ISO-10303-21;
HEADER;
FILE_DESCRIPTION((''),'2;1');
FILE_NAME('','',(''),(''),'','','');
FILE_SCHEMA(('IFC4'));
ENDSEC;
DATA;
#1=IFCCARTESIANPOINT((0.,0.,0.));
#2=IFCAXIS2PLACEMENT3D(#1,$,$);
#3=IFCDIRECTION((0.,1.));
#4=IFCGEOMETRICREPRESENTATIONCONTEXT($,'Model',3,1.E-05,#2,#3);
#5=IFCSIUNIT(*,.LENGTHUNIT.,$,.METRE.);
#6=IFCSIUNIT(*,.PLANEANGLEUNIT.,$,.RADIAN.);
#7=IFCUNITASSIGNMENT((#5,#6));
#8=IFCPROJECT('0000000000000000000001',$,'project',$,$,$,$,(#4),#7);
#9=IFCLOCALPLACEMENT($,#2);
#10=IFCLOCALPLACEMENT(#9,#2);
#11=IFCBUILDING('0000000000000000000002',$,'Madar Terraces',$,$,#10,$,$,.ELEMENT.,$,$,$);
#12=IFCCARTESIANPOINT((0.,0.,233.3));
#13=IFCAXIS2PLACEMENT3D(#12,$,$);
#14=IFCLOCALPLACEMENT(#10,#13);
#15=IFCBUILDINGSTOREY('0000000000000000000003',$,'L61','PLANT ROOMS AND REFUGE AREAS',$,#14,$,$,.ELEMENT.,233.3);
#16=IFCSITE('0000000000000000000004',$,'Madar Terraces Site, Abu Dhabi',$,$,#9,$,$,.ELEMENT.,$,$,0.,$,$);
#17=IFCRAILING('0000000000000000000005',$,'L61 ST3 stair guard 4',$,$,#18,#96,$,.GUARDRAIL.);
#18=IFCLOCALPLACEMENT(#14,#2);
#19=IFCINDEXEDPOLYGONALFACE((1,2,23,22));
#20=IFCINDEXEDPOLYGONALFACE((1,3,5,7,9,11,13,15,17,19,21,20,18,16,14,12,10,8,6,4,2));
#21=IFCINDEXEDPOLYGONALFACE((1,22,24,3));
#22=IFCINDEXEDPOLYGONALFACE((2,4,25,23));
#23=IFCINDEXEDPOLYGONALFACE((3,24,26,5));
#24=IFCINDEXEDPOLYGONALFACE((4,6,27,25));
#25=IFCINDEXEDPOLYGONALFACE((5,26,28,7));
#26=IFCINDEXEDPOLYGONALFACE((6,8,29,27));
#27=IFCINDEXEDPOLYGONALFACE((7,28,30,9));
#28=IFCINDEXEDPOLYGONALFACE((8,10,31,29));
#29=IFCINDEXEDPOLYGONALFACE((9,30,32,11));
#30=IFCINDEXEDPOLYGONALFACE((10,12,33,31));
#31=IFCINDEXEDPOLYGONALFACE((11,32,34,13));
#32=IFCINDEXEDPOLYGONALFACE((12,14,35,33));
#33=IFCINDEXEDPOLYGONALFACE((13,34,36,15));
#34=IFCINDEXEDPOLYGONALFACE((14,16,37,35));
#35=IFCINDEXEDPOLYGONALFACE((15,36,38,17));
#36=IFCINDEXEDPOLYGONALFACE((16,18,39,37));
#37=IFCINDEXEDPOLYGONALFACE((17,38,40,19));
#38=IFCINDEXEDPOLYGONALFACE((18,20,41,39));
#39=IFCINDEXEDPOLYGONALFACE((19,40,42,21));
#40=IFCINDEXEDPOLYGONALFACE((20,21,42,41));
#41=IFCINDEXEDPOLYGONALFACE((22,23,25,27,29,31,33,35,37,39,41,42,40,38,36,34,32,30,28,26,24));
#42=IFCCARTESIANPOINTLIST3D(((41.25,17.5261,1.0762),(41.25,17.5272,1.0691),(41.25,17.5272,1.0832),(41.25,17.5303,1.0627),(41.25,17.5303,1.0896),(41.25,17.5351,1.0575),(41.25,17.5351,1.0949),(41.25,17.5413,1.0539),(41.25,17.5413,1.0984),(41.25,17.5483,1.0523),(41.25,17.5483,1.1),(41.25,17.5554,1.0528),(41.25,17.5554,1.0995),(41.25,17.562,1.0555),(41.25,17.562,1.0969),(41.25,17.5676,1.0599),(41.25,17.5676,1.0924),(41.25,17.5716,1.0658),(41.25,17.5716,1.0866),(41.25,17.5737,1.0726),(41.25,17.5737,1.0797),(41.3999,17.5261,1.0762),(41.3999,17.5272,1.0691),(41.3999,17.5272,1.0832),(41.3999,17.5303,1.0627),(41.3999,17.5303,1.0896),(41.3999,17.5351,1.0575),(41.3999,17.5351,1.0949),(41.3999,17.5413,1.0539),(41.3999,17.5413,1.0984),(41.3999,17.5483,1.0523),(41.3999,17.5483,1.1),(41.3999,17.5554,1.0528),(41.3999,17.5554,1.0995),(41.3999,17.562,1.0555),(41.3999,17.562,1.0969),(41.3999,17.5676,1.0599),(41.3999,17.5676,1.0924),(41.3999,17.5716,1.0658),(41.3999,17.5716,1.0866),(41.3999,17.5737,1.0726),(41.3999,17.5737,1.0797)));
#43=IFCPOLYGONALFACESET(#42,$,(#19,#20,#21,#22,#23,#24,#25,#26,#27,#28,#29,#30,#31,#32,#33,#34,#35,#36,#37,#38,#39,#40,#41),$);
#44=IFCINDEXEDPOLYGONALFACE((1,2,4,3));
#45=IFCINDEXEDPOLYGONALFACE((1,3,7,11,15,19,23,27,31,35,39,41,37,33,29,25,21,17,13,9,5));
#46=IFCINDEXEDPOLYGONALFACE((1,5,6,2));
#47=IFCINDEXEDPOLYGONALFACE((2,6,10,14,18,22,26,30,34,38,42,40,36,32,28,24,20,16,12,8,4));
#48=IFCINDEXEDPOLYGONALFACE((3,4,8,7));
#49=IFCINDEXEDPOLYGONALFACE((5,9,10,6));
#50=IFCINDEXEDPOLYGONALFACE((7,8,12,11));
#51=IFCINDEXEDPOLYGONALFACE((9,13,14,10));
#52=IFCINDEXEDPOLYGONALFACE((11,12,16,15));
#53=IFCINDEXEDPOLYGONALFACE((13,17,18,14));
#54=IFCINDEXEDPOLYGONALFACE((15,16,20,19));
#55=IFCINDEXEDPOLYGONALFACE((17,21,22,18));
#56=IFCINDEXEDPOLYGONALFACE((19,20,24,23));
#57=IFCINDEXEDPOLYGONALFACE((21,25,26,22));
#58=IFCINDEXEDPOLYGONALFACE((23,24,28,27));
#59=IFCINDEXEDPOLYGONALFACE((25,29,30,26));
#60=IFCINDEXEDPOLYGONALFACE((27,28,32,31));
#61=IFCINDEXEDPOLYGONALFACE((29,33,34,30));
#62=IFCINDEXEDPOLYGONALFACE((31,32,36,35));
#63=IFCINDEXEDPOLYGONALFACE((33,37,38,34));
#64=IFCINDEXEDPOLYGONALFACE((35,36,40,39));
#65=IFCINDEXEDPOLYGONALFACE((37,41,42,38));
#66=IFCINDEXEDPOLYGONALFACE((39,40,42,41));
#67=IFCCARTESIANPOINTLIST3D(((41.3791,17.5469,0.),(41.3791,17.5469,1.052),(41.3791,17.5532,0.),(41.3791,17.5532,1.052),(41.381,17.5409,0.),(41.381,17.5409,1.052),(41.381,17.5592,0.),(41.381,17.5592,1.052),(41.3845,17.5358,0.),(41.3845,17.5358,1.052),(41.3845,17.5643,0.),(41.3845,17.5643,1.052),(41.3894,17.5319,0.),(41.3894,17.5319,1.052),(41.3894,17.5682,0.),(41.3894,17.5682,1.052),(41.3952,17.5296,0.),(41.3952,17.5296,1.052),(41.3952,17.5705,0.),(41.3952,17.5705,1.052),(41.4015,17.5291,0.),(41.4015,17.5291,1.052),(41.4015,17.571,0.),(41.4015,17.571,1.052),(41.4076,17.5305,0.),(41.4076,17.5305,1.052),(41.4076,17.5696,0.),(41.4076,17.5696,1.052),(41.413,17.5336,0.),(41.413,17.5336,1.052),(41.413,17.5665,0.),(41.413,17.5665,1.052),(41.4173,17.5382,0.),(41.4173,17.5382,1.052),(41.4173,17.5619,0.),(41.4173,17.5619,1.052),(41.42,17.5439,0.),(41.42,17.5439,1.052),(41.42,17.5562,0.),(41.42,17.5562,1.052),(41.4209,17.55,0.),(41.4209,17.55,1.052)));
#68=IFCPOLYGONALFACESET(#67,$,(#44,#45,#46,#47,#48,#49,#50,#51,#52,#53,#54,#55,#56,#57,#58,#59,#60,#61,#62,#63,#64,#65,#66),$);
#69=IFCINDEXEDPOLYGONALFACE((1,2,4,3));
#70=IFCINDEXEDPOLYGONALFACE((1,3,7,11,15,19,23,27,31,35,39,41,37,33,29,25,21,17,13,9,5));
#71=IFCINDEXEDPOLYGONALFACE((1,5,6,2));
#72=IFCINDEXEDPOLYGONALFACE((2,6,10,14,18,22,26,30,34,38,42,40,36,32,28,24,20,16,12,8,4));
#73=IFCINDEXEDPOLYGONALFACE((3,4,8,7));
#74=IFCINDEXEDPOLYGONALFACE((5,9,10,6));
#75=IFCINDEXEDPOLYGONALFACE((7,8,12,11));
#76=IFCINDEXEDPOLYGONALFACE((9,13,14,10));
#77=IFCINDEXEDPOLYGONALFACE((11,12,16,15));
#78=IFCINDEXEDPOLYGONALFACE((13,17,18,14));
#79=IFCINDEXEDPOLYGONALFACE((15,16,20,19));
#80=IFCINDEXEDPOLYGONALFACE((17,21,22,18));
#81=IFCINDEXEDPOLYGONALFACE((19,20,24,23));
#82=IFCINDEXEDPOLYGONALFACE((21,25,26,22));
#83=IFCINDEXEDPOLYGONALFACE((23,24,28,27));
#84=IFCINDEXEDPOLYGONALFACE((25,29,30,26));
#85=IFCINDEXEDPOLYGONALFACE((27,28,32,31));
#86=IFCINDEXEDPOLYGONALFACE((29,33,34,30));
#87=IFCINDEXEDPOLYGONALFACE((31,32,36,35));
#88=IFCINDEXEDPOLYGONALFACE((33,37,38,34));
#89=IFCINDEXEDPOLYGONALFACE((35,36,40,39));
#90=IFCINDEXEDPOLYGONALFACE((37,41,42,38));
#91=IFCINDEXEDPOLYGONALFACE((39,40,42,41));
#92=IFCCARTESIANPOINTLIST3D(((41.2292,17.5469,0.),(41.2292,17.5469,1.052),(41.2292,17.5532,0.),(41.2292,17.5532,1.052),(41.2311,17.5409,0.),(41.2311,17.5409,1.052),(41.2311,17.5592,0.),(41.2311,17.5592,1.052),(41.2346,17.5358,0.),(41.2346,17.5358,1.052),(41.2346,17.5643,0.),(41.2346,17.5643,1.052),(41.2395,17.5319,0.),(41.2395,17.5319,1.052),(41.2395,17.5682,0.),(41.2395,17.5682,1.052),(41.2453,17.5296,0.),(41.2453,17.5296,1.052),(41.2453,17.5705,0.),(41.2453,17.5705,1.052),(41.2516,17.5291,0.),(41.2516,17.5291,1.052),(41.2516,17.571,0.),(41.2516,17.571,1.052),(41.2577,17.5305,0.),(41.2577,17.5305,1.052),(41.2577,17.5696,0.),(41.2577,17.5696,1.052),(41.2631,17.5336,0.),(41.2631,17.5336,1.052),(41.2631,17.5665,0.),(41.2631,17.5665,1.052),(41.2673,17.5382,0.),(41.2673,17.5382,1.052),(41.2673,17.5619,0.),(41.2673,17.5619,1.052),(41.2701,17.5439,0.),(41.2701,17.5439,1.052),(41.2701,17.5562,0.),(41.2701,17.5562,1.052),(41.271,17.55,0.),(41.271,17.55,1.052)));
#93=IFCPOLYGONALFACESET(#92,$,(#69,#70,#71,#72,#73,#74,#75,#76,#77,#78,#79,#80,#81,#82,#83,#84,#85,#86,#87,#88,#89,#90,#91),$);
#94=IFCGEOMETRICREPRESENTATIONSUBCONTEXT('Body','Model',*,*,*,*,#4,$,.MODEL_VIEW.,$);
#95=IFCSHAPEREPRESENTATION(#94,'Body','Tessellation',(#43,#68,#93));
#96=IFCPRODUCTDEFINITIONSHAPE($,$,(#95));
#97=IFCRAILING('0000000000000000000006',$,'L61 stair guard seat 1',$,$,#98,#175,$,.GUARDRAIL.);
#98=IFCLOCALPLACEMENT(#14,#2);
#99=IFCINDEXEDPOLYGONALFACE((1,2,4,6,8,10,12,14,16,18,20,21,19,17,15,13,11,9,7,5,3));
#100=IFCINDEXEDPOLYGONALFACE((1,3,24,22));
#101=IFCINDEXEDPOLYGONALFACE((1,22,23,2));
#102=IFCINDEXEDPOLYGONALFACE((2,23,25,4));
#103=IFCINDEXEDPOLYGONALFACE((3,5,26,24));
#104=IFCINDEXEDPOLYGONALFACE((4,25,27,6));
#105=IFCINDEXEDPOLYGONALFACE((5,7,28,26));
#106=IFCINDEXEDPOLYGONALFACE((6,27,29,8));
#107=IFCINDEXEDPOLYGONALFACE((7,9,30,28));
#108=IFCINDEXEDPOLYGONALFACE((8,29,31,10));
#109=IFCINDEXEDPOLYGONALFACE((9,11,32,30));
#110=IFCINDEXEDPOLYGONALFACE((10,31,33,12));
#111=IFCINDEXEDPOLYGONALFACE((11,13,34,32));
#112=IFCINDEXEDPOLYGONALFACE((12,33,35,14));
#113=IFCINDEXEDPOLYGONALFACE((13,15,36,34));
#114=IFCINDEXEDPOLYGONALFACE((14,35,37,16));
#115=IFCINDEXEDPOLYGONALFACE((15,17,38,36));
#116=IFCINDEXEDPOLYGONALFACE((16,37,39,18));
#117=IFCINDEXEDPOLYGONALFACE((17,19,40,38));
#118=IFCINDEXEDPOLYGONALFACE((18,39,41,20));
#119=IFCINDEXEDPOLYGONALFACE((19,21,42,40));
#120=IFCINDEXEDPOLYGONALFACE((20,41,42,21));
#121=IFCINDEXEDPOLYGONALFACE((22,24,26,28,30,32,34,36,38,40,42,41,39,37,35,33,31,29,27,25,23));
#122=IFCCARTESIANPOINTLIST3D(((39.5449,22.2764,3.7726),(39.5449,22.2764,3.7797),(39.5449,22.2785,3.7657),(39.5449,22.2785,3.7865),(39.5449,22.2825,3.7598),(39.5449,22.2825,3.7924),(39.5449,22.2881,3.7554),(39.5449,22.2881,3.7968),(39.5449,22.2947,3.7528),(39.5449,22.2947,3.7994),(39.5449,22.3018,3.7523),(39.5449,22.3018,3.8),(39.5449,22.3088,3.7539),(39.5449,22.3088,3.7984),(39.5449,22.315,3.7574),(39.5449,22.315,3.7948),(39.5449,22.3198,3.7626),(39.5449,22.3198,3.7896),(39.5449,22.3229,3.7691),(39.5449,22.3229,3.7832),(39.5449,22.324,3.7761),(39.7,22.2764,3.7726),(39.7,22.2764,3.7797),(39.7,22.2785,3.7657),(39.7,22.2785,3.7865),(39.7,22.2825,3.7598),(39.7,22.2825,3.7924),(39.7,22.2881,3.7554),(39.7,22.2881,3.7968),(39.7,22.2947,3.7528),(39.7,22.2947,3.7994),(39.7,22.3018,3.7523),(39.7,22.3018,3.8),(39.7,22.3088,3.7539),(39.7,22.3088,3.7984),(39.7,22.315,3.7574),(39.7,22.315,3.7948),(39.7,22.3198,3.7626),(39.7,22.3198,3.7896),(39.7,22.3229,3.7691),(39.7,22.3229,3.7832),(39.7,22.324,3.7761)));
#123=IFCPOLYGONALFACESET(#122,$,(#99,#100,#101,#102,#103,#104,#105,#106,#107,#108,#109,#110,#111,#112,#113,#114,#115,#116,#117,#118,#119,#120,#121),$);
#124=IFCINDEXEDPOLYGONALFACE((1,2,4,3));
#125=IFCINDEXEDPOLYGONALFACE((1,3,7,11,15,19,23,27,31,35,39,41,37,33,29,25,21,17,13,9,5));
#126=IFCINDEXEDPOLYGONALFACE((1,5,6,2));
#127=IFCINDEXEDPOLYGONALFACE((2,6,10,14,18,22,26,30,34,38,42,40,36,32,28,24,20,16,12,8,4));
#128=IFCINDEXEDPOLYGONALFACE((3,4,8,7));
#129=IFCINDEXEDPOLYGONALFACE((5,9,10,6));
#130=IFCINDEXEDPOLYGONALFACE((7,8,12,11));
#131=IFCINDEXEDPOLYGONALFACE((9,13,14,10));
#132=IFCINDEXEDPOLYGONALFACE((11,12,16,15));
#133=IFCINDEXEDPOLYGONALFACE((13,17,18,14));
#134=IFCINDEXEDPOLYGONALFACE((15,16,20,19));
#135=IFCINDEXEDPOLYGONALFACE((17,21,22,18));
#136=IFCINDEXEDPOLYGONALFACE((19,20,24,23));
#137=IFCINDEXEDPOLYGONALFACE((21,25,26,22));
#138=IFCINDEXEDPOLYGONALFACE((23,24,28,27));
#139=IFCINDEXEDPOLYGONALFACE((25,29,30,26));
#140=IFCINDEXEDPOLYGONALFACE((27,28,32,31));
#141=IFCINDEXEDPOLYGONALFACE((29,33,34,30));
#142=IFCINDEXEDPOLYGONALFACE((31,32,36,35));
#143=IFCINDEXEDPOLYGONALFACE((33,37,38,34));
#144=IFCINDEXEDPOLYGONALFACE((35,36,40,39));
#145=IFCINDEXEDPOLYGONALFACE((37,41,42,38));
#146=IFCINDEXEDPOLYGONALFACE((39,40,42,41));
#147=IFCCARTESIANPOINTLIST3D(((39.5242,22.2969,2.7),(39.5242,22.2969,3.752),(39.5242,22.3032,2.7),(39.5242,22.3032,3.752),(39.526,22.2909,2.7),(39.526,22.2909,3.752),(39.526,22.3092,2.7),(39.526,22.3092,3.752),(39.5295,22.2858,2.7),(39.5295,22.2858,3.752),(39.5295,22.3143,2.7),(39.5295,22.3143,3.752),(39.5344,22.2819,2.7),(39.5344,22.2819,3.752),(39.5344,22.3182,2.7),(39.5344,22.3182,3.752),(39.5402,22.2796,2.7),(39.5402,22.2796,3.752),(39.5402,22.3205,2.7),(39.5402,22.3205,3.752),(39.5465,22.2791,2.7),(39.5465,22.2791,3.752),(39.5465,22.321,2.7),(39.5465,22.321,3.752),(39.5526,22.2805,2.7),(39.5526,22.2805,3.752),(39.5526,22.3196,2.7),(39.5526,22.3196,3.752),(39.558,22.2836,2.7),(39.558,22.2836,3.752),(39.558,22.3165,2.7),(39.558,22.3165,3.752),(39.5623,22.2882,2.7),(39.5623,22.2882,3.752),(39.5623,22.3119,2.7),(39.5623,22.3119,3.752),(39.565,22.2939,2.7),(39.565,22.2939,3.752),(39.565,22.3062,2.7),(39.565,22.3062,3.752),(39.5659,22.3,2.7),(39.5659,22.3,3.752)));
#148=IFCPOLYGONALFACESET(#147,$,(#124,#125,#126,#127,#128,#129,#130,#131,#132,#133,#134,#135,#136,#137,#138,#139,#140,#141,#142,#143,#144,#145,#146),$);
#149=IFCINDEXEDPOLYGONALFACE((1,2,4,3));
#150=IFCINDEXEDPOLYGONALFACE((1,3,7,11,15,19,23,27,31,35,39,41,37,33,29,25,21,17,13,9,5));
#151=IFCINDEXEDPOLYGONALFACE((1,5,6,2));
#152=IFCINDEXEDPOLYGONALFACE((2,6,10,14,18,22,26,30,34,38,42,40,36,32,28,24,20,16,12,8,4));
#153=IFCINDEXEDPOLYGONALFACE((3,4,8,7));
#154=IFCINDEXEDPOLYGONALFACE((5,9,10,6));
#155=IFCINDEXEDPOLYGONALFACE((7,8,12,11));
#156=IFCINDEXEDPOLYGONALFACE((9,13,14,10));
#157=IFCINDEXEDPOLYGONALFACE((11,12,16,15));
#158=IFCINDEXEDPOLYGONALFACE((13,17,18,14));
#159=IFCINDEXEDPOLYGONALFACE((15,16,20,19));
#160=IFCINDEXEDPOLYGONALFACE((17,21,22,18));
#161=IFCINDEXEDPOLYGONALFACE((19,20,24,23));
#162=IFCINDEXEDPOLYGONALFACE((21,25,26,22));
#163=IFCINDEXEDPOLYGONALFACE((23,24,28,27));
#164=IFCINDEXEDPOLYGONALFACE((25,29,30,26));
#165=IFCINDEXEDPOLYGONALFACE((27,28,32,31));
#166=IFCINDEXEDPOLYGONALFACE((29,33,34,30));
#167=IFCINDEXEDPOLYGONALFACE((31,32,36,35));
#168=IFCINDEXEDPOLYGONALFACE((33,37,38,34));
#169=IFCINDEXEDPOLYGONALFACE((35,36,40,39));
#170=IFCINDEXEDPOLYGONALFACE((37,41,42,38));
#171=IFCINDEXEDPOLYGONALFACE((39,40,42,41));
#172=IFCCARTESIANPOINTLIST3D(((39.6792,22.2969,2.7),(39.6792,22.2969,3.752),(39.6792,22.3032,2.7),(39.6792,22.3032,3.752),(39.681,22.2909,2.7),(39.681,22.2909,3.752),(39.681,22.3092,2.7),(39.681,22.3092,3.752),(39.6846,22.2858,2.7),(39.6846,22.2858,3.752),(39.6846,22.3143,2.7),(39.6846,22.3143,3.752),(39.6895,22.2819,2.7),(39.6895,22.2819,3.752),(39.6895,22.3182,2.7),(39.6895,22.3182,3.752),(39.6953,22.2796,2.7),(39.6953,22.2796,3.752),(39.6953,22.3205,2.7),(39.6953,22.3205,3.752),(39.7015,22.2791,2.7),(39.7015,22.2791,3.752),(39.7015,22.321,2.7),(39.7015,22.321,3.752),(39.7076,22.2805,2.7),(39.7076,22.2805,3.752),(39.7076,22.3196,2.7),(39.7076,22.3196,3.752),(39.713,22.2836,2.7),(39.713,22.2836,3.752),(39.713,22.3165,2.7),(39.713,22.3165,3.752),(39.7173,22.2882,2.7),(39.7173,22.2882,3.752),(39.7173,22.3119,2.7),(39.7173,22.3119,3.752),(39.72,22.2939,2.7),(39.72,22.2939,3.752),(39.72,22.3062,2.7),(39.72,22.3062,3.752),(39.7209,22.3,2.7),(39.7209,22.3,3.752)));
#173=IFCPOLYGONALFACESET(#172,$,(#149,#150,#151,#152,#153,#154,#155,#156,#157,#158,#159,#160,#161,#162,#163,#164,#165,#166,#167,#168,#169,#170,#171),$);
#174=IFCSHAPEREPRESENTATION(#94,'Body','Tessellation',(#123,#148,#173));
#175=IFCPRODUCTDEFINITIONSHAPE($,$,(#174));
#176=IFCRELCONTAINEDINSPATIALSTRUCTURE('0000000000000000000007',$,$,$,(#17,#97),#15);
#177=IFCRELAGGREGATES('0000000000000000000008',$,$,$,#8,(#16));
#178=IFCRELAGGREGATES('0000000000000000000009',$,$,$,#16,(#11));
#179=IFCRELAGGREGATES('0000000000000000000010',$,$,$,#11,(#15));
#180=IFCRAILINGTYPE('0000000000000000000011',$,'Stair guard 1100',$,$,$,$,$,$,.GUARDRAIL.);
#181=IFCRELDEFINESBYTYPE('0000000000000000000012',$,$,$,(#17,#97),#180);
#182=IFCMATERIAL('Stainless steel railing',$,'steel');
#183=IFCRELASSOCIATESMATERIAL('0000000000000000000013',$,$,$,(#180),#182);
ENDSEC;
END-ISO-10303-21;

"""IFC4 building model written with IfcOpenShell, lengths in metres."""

from ifc_helpers import new_model, si_unit, direction, frame, origin, origin_2d, place, context, subcontext, project, spatial, circle, extrude, material, type_object, element, save


model = new_model("IFC4")

# Units and contexts
model_context = context("Model", 3, precision=1e-05, world=origin(), true_north=direction((0.0, 1.0)))
body_context = subcontext(model_context, "Body", "Model", "MODEL_VIEW")
ifc_project = project(units=[si_unit("LENGTHUNIT", "METRE"), si_unit("PLANEANGLEUNIT", "RADIAN")], contexts=[model_context])

# Site, building, storey
site_placement = place(None, origin())
site = spatial("IfcSite", under=ifc_project, at=site_placement, Name="Madar Terraces Site, Abu Dhabi", CompositionType="ELEMENT", RefElevation=0.0)
building_placement = place(site_placement, origin())
building = spatial("IfcBuilding", under=site, at=building_placement, Name="Madar Terraces", CompositionType="ELEMENT")
storey_placement = place(building_placement, frame((0.0, 0.0, 233.3)))
storey = spatial("IfcBuildingStorey", under=building, at=storey_placement, Name="L61", Description="PLANT ROOMS AND REFUGE AREAS", CompositionType="ELEMENT", Elevation=233.3)

# Railings
ifc_material_1 = material(Name="Stainless steel railing", Category="steel")
railing_type_1 = type_object("IfcRailingType", Name="Stair guard 1100", PredefinedType="GUARDRAIL", material=ifc_material_1)
railing_1_placement = place(storey_placement, frame((41.3999, 17.55, 0.0)))
element("IfcRailing", 1, at=railing_1_placement, inside=storey, type_object=railing_type_1, Name="L61 ST3 stair guard 4", PredefinedType="GUARDRAIL", context=body_context, shape_type="SweptSolid", body=[
    extrude(circle(Radius=0.0239, at=origin_2d()), frame((0.0, 0.0, 1.0762), z_axis=(-1.0, 0.0, 0.0), x_axis=(0.0, -1.0, 0.0)), (0.0, 0.0, 1.0), 0.1499),
    extrude(circle(Radius=0.021, at=origin_2d()), origin(), (0.0, 0.0, 1.0), 1.052),
    extrude(circle(Radius=0.021, at=origin_2d()), frame((-0.1499, 0.0, 0.0)), (0.0, 0.0, 1.0), 1.052),
])
for number, where, name in (
    (2, (39.5449, 22.3, 2.7), "L61 stair guard seat 1"),
):
    element("IfcRailing", number, at=place(storey_placement, frame(where)), inside=storey, type_object=railing_type_1, Name=name, PredefinedType="GUARDRAIL", context=body_context, shape_type="SweptSolid", body=[
        extrude(circle(Radius=0.0239, at=origin_2d()), frame((0.0, 0.0, 1.0762), z_axis=(1.0, 0.0, 0.0), x_axis=(0.0, 1.0, 0.0)), (0.0, 0.0, 1.0), 0.155),
        extrude(circle(Radius=0.021, at=origin_2d()), origin(), (0.0, 0.0, 1.0), 1.052),
        extrude(circle(Radius=0.021, at=origin_2d()), frame((0.155, 0.0, 0.0)), (0.0, 0.0, 1.0), 1.052),
    ])

save(model, "model.ifc")
